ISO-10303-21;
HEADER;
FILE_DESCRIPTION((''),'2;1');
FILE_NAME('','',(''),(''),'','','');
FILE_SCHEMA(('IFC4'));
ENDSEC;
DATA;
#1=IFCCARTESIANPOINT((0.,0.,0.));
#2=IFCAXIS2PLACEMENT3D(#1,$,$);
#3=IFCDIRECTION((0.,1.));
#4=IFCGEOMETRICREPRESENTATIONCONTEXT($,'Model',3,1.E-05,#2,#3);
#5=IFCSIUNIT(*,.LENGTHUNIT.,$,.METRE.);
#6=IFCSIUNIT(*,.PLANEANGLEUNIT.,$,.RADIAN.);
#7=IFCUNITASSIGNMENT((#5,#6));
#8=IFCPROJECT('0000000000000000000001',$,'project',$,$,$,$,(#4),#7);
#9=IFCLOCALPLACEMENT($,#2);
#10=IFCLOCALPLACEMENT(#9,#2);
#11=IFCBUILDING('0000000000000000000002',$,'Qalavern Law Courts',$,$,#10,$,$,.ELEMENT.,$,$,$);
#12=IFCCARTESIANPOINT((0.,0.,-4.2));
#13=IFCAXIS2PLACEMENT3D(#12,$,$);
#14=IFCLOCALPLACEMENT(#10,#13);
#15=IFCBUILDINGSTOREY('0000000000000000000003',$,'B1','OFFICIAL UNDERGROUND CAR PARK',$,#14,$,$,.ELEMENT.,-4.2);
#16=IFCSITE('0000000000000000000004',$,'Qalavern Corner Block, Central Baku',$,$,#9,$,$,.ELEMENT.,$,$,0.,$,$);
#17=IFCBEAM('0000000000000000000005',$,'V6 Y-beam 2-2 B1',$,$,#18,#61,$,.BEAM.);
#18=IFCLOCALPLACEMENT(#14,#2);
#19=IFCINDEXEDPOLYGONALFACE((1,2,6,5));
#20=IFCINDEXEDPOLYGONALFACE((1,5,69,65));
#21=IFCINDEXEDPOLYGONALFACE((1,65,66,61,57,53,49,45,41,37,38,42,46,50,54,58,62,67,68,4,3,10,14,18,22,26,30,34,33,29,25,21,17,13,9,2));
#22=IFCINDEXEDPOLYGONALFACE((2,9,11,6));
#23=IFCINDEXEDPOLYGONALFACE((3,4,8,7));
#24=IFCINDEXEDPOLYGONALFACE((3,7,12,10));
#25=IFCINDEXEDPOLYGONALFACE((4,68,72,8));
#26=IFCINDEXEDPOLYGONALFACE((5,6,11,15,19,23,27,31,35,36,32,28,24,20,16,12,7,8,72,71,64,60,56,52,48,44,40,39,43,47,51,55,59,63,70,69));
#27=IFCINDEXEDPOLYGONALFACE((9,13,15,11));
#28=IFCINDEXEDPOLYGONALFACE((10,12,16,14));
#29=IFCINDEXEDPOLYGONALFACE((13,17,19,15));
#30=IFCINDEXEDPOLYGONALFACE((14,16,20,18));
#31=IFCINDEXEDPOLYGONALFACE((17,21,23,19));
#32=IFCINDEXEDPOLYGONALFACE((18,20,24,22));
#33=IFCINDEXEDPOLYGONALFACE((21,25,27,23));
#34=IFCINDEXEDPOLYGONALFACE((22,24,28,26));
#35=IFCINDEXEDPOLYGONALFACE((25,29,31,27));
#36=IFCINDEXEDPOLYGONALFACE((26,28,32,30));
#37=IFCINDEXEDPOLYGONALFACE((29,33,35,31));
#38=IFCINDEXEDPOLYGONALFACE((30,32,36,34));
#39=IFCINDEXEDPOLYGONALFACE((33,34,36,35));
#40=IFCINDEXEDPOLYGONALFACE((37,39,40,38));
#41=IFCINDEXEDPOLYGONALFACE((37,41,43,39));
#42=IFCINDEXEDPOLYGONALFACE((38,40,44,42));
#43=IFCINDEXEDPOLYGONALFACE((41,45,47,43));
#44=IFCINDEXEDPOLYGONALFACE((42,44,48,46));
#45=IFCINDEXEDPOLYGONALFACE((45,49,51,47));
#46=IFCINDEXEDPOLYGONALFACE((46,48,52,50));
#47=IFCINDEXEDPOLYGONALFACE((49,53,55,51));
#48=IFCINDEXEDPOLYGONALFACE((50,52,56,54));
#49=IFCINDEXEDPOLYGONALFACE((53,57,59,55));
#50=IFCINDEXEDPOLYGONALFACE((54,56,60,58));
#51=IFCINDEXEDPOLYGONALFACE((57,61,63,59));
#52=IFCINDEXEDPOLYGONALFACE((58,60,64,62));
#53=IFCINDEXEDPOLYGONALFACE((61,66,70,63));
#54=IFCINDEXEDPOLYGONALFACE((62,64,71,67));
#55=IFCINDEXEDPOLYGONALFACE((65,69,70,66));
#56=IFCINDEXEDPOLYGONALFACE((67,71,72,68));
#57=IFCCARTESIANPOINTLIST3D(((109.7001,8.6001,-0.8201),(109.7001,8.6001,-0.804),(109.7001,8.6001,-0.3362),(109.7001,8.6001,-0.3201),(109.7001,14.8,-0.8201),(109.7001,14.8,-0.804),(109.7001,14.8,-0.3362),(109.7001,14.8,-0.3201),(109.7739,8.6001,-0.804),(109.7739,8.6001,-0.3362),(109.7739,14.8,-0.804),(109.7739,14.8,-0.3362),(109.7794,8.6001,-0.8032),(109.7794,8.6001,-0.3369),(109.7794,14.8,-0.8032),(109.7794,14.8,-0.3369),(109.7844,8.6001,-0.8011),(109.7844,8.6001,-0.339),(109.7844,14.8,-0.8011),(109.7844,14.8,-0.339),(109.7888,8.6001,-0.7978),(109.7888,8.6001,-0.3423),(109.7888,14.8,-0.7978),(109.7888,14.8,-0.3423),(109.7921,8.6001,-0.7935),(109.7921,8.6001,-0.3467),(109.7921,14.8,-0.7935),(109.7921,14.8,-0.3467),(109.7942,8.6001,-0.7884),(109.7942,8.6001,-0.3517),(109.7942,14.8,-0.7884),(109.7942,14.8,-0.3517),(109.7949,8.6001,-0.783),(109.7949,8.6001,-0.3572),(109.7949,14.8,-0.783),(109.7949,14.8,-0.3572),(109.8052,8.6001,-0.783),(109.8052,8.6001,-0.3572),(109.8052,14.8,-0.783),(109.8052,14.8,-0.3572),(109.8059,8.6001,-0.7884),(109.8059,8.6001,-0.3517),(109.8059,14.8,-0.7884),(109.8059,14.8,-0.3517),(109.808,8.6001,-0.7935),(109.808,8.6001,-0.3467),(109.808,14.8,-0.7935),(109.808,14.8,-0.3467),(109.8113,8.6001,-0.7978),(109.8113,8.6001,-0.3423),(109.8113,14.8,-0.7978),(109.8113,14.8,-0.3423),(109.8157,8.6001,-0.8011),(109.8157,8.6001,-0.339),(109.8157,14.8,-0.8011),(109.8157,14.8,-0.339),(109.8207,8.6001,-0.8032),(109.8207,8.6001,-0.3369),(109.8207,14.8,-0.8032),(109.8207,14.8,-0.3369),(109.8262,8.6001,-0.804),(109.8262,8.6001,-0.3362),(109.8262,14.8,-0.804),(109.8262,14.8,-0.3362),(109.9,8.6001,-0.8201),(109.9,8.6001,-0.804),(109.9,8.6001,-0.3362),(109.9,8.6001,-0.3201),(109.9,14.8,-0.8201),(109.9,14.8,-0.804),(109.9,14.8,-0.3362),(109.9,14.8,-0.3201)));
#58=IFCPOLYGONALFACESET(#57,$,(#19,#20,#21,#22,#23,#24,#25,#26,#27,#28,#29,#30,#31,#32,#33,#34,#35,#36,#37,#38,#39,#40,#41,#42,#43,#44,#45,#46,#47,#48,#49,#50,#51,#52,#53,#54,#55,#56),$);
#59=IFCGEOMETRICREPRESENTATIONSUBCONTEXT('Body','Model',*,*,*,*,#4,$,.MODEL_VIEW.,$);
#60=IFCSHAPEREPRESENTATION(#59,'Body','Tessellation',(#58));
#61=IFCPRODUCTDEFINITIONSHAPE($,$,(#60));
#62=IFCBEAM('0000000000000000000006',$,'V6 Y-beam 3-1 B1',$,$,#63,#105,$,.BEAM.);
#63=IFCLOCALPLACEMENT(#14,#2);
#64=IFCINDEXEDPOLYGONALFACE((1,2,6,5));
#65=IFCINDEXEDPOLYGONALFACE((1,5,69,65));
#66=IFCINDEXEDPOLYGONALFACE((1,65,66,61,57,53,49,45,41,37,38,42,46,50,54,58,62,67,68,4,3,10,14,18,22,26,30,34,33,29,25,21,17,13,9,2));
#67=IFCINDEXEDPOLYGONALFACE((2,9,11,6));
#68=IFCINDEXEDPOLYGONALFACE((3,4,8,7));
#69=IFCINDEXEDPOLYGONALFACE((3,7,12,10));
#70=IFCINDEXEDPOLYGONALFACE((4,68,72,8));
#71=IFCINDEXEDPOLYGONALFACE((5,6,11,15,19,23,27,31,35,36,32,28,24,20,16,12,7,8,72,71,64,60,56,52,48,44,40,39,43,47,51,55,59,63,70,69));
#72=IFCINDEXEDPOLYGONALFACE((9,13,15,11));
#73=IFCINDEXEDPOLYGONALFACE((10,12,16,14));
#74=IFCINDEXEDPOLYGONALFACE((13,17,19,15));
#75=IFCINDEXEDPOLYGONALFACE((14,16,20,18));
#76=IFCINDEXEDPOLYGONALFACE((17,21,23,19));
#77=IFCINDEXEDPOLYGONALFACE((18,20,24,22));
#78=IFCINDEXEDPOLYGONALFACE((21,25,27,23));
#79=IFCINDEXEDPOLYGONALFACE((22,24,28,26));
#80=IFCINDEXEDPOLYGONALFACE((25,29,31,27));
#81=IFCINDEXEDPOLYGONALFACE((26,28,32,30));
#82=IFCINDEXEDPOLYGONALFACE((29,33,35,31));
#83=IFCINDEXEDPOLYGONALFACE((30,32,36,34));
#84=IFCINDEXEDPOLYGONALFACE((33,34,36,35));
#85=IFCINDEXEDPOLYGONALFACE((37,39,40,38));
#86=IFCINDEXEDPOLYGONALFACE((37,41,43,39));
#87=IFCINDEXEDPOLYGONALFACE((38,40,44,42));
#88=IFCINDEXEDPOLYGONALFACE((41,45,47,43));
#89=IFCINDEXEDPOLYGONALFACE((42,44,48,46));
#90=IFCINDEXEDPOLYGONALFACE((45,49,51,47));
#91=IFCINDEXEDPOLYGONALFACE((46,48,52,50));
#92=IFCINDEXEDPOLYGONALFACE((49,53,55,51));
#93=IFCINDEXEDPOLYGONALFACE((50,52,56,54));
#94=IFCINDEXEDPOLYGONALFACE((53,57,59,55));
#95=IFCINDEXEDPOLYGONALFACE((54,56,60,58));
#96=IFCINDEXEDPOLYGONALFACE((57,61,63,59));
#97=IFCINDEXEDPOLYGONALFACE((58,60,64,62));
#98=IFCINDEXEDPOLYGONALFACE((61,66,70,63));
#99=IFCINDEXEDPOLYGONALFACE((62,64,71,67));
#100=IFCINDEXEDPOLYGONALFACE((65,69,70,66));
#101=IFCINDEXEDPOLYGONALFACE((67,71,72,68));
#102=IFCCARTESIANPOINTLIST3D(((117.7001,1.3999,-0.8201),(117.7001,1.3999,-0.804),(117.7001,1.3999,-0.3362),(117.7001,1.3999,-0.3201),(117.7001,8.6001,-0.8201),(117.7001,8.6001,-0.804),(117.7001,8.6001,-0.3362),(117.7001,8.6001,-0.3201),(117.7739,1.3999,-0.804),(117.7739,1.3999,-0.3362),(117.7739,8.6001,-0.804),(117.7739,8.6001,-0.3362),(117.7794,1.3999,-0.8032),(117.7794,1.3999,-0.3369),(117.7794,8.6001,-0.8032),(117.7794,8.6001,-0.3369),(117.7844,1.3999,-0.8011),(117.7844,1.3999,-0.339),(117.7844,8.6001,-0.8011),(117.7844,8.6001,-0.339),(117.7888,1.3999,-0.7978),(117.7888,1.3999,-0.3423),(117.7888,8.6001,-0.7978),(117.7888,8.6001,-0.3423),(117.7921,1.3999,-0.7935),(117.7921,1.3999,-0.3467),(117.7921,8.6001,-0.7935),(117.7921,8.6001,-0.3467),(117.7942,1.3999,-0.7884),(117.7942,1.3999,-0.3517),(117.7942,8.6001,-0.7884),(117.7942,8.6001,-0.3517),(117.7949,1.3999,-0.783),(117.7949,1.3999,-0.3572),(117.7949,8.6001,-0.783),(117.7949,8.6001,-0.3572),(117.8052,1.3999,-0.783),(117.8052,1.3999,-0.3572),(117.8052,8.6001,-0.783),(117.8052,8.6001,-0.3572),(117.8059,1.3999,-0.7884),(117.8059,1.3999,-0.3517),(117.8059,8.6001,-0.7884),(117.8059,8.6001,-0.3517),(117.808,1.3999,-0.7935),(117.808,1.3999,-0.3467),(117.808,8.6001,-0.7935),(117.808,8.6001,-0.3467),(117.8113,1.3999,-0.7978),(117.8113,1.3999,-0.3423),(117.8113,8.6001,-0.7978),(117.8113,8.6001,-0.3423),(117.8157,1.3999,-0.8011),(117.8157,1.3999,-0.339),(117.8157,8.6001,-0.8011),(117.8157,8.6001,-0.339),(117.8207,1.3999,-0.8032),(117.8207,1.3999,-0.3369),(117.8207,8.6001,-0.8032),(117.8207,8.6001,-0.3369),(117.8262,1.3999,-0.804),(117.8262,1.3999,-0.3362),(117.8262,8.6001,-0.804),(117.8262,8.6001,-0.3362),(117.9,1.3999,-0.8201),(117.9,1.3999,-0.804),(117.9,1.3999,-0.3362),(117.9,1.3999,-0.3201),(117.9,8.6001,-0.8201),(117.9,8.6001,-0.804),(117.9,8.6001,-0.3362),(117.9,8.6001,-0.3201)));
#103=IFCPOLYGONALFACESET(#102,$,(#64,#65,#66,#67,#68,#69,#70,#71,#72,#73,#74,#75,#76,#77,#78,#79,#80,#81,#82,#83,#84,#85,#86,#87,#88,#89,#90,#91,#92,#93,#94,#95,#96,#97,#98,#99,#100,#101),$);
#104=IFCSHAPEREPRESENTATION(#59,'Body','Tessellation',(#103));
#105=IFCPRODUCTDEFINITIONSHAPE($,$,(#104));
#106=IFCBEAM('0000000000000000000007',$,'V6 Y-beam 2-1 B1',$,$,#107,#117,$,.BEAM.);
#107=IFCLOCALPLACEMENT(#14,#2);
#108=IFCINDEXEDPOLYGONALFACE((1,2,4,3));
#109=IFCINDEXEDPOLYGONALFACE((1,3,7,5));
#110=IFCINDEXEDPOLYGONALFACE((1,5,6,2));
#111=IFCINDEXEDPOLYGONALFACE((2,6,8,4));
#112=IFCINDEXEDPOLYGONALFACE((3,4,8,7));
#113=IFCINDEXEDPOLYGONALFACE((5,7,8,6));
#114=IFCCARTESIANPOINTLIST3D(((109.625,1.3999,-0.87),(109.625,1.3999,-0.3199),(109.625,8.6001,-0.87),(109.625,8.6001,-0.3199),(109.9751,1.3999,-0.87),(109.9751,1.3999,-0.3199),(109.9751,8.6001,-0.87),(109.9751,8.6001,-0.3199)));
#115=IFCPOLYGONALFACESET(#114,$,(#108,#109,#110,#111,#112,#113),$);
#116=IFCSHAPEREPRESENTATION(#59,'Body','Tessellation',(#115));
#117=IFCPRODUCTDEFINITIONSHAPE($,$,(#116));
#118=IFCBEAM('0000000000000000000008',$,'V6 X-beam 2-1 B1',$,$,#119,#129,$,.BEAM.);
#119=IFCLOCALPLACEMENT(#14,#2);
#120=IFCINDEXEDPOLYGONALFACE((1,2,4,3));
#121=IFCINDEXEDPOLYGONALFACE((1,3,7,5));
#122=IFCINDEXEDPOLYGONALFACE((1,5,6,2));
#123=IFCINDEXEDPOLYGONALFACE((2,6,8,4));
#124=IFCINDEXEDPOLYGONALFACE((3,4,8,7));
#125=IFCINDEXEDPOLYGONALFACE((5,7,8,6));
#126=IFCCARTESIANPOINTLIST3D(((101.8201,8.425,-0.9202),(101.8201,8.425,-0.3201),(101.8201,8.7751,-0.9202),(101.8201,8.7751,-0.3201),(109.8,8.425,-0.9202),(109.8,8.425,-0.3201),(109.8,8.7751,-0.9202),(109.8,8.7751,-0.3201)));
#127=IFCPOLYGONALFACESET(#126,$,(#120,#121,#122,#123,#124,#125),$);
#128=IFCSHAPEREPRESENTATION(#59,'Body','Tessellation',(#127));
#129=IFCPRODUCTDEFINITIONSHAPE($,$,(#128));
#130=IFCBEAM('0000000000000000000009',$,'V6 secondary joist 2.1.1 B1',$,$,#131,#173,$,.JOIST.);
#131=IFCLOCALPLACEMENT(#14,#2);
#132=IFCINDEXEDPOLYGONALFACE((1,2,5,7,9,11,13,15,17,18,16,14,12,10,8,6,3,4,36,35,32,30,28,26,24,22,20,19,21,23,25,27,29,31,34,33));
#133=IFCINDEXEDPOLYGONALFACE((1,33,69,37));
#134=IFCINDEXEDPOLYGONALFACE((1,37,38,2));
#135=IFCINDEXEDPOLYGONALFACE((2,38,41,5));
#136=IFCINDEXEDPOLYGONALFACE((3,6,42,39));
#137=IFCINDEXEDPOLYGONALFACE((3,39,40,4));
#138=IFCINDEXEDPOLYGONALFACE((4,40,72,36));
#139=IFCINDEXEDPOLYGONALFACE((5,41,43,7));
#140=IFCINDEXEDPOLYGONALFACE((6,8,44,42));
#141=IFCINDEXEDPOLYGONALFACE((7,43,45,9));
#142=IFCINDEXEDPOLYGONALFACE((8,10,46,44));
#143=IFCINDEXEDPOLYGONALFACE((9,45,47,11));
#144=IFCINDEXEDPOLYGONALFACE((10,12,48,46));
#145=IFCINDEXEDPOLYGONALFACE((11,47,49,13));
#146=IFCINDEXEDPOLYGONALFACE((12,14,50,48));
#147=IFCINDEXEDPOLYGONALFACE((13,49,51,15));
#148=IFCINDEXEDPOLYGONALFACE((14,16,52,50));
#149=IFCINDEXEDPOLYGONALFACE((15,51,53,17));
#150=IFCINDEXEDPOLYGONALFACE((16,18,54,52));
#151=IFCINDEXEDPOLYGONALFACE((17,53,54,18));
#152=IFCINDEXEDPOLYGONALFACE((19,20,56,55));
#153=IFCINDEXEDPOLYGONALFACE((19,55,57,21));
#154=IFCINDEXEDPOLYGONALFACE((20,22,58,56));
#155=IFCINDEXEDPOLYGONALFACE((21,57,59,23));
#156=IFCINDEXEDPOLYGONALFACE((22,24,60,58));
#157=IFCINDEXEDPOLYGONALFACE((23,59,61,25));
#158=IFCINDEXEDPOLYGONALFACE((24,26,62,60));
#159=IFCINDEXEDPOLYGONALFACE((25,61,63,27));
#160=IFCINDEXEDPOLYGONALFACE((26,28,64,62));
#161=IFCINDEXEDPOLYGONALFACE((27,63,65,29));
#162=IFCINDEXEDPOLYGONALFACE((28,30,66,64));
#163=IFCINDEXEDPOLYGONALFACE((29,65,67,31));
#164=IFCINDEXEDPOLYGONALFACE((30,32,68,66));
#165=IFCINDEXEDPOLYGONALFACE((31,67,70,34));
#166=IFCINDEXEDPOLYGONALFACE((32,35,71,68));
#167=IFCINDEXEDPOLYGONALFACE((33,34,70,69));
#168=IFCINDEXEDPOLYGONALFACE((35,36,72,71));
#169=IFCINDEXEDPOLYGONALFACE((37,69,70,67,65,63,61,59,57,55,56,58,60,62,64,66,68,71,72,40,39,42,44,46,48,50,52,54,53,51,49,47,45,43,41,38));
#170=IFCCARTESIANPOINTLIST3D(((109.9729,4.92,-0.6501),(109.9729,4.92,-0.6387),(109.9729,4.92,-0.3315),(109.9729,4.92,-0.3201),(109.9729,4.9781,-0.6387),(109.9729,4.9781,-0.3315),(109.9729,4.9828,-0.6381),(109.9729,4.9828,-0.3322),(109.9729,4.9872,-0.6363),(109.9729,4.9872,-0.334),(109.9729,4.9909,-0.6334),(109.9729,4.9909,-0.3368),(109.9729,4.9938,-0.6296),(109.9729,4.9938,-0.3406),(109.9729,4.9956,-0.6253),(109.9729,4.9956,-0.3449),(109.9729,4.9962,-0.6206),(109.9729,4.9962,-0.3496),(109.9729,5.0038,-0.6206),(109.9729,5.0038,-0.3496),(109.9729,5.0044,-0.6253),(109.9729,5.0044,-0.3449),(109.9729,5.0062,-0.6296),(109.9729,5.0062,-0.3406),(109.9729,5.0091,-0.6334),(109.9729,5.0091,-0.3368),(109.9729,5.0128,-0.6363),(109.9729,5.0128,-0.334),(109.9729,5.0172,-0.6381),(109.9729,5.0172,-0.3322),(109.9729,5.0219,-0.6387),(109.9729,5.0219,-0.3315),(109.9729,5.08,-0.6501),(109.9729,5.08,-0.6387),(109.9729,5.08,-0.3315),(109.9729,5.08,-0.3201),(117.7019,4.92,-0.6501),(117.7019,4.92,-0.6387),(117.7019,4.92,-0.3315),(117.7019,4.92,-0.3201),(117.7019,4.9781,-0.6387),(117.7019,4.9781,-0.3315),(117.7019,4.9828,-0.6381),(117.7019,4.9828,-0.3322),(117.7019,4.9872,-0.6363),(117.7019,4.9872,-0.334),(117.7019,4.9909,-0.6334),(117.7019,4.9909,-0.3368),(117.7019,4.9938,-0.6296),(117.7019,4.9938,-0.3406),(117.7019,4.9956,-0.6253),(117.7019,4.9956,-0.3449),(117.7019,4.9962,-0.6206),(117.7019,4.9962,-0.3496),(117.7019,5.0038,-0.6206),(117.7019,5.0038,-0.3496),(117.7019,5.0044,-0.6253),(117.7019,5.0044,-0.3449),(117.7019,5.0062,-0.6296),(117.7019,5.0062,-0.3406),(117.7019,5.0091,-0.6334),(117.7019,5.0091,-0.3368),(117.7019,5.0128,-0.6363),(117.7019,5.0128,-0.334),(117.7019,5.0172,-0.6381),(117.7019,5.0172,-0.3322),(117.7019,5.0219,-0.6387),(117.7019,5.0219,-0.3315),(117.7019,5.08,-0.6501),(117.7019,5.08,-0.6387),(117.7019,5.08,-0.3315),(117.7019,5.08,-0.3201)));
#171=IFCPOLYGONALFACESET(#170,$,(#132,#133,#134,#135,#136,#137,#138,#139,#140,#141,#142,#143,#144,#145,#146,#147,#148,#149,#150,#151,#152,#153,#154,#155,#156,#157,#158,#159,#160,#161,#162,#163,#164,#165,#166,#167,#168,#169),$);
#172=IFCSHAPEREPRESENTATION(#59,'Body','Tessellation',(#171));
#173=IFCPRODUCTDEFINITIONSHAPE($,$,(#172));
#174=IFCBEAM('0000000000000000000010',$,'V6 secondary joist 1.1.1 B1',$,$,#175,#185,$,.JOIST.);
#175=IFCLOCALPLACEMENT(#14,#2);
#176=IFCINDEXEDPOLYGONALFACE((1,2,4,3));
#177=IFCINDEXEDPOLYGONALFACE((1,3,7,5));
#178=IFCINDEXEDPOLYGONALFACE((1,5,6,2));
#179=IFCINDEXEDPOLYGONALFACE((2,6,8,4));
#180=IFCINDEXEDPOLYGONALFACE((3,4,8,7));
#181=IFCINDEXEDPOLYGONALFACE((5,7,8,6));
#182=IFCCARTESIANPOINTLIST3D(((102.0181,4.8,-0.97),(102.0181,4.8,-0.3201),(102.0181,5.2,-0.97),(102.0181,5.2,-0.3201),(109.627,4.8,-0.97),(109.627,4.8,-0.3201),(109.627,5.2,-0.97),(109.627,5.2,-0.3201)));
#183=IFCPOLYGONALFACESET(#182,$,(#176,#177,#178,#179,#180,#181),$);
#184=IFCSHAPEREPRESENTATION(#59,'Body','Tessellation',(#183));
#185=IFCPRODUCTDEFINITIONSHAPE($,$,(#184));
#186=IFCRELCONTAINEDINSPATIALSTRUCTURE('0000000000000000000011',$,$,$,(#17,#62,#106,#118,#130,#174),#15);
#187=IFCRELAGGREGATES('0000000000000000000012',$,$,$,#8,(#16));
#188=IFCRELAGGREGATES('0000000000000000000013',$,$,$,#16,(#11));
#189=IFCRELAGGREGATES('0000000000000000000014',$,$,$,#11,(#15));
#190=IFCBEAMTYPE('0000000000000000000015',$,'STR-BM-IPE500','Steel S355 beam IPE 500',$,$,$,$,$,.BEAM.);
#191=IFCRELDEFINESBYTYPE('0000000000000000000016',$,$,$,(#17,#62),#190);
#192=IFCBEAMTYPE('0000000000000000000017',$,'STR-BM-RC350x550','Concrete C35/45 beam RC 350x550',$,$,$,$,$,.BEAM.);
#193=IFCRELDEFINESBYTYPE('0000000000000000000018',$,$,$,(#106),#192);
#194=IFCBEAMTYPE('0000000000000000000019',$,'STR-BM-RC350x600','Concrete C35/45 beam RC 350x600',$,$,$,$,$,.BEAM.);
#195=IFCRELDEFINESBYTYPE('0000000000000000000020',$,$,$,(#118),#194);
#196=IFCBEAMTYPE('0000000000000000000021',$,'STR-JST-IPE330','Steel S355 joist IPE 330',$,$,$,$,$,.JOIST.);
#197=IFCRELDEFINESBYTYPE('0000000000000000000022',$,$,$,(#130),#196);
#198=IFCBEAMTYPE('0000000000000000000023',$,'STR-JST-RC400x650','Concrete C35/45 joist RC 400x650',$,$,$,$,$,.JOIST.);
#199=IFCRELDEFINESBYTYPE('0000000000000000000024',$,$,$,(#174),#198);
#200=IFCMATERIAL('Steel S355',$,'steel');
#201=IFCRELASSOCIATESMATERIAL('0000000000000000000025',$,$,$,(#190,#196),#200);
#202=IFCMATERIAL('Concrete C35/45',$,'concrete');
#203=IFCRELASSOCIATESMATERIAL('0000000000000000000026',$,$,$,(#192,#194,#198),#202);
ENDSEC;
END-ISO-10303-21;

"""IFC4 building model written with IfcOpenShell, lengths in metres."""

from ifc_helpers import new_model, si_unit, direction, frame, origin, origin_2d, place, context, subcontext, project, spatial, rectangle, i_section, extrude, material, material_profile, profile_set, type_object, element, save


model = new_model("IFC4")

# Units and contexts
model_context = context("Model", 3, precision=1e-05, world=origin(), true_north=direction((0.0, 1.0)))
body_context = subcontext(model_context, "Body", "Model", "MODEL_VIEW")
ifc_project = project(units=[si_unit("LENGTHUNIT", "METRE"), si_unit("PLANEANGLEUNIT", "RADIAN")], contexts=[model_context])

# Site, building, storey
site_placement = place(None, origin())
site = spatial("IfcSite", under=ifc_project, at=site_placement, Name="Qalavern Corner Block, Central Baku", CompositionType="ELEMENT", RefElevation=0.0)
building_placement = place(site_placement, origin())
building = spatial("IfcBuilding", under=site, at=building_placement, Name="Qalavern Law Courts", CompositionType="ELEMENT")
storey_placement = place(building_placement, frame((0.0, 0.0, -4.2)))
storey = spatial("IfcBuildingStorey", under=building, at=storey_placement, Name="B1", Description="OFFICIAL UNDERGROUND CAR PARK", CompositionType="ELEMENT", Elevation=-4.2)

# Beams
ifc_material_1 = material(Name="Steel S355", Category="steel")
ifc_material_profile_1 = material_profile(ifc_material_1, i_section(OverallWidth=0.2, OverallDepth=0.5, WebThickness=0.0103, FlangeThickness=0.0161, FilletRadius=0.021, at=origin_2d()), Name="IPE 500")
ifc_profile_set_1 = profile_set([ifc_material_profile_1], Name="Steel S355")
beam_type_1 = type_object("IfcBeamType", Name="STR-BM-IPE500", Description="Steel S355 beam IPE 500", PredefinedType="BEAM", material=ifc_profile_set_1)
beam_1_placement = place(storey_placement, frame((109.8, 8.6001, -0.5701), z_axis=(0.0, 1.0, 0.0), x_axis=(-1.0, 0.0, 0.0)))
element("IfcBeam", 1, at=beam_1_placement, inside=storey, type_object=beam_type_1, Name="V6 Y-beam 2-2 B1", PredefinedType="BEAM", context=body_context, shape_type="SweptSolid", body=[
    extrude(i_section(OverallWidth=0.2, OverallDepth=0.5, WebThickness=0.0103, FlangeThickness=0.0161, FilletRadius=0.021, at=origin_2d()), origin(), (0.0, 0.0, 1.0), 6.2),
])
beam_2_placement = place(storey_placement, frame((117.8, 1.3999, -0.5701), z_axis=(0.0, 1.0, 0.0), x_axis=(-1.0, 0.0, 0.0)))
element("IfcBeam", 2, at=beam_2_placement, inside=storey, type_object=beam_type_1, Name="V6 Y-beam 3-1 B1", PredefinedType="BEAM", context=body_context, shape_type="SweptSolid", body=[
    extrude(i_section(OverallWidth=0.2, OverallDepth=0.5, WebThickness=0.0103, FlangeThickness=0.0161, FilletRadius=0.021, at=origin_2d()), origin(), (0.0, 0.0, 1.0), 7.2002),
])
ifc_material_2 = material(Name="Concrete C35/45", Category="concrete")
ifc_material_profile_2 = material_profile(ifc_material_2, rectangle(XDim=0.3501, YDim=0.55, at=origin_2d()), Name="RC 350x550")
ifc_profile_set_2 = profile_set([ifc_material_profile_2], Name="Concrete C35/45")
beam_type_2 = type_object("IfcBeamType", Name="STR-BM-RC350x550", Description="Concrete C35/45 beam RC 350x550", PredefinedType="BEAM", material=ifc_profile_set_2)
beam_3_placement = place(storey_placement, frame((109.8, 1.3999, -0.595), z_axis=(0.0, 1.0, 0.0), x_axis=(-1.0, 0.0, 0.0)))
element("IfcBeam", 3, at=beam_3_placement, inside=storey, type_object=beam_type_2, Name="V6 Y-beam 2-1 B1", PredefinedType="BEAM", context=body_context, shape_type="SweptSolid", body=[
    extrude(rectangle(XDim=0.3501, YDim=0.55, at=origin_2d()), origin(), (0.0, 0.0, 1.0), 7.2002),
])
ifc_material_profile_3 = material_profile(ifc_material_2, rectangle(XDim=0.3501, YDim=0.6001, at=origin_2d()), Name="RC 350x600")
ifc_profile_set_3 = profile_set([ifc_material_profile_3], Name="Concrete C35/45")
beam_type_3 = type_object("IfcBeamType", Name="STR-BM-RC350x600", Description="Concrete C35/45 beam RC 350x600", PredefinedType="BEAM", material=ifc_profile_set_3)
beam_4_placement = place(storey_placement, frame((101.8201, 8.6001, -0.6201), z_axis=(1.0, 0.0, 0.0), x_axis=(0.0, 1.0, 0.0)))
element("IfcBeam", 4, at=beam_4_placement, inside=storey, type_object=beam_type_3, Name="V6 X-beam 2-1 B1", PredefinedType="BEAM", context=body_context, shape_type="SweptSolid", body=[
    extrude(rectangle(XDim=0.3501, YDim=0.6001, at=origin_2d()), origin(), (0.0, 0.0, 1.0), 7.98),
])
ifc_material_profile_4 = material_profile(ifc_material_1, i_section(OverallWidth=0.1599, OverallDepth=0.3301, WebThickness=0.0076, FlangeThickness=0.0115, FilletRadius=0.0181, at=origin_2d()), Name="IPE 330")
ifc_profile_set_4 = profile_set([ifc_material_profile_4], Name="Steel S355")
beam_type_4 = type_object("IfcBeamType", Name="STR-JST-IPE330", Description="Steel S355 joist IPE 330", PredefinedType="JOIST", material=ifc_profile_set_4)
beam_5_placement = place(storey_placement, frame((109.9729, 5.0, -0.4851), z_axis=(1.0, 0.0, 0.0), x_axis=(0.0, 1.0, 0.0)))
element("IfcBeam", 5, at=beam_5_placement, inside=storey, type_object=beam_type_4, Name="V6 secondary joist 2.1.1 B1", PredefinedType="JOIST", context=body_context, shape_type="SweptSolid", body=[
    extrude(i_section(OverallWidth=0.1599, OverallDepth=0.3301, WebThickness=0.0076, FlangeThickness=0.0115, FilletRadius=0.0181, at=origin_2d()), origin(), (0.0, 0.0, 1.0), 7.729),
])
ifc_material_profile_5 = material_profile(ifc_material_2, rectangle(XDim=0.3999, YDim=0.6499, at=origin_2d()), Name="RC 400x650")
ifc_profile_set_5 = profile_set([ifc_material_profile_5], Name="Concrete C35/45")
beam_type_5 = type_object("IfcBeamType", Name="STR-JST-RC400x650", Description="Concrete C35/45 joist RC 400x650", PredefinedType="JOIST", material=ifc_profile_set_5)
beam_6_placement = place(storey_placement, frame((102.0181, 5.0, -0.645), z_axis=(1.0, 0.0, 0.0), x_axis=(0.0, 1.0, 0.0)))
element("IfcBeam", 6, at=beam_6_placement, inside=storey, type_object=beam_type_5, Name="V6 secondary joist 1.1.1 B1", PredefinedType="JOIST", context=body_context, shape_type="SweptSolid", body=[
    extrude(rectangle(XDim=0.3999, YDim=0.6499, at=origin_2d()), origin(), (0.0, 0.0, 1.0), 7.6089),
])

save(model, "model.ifc")
